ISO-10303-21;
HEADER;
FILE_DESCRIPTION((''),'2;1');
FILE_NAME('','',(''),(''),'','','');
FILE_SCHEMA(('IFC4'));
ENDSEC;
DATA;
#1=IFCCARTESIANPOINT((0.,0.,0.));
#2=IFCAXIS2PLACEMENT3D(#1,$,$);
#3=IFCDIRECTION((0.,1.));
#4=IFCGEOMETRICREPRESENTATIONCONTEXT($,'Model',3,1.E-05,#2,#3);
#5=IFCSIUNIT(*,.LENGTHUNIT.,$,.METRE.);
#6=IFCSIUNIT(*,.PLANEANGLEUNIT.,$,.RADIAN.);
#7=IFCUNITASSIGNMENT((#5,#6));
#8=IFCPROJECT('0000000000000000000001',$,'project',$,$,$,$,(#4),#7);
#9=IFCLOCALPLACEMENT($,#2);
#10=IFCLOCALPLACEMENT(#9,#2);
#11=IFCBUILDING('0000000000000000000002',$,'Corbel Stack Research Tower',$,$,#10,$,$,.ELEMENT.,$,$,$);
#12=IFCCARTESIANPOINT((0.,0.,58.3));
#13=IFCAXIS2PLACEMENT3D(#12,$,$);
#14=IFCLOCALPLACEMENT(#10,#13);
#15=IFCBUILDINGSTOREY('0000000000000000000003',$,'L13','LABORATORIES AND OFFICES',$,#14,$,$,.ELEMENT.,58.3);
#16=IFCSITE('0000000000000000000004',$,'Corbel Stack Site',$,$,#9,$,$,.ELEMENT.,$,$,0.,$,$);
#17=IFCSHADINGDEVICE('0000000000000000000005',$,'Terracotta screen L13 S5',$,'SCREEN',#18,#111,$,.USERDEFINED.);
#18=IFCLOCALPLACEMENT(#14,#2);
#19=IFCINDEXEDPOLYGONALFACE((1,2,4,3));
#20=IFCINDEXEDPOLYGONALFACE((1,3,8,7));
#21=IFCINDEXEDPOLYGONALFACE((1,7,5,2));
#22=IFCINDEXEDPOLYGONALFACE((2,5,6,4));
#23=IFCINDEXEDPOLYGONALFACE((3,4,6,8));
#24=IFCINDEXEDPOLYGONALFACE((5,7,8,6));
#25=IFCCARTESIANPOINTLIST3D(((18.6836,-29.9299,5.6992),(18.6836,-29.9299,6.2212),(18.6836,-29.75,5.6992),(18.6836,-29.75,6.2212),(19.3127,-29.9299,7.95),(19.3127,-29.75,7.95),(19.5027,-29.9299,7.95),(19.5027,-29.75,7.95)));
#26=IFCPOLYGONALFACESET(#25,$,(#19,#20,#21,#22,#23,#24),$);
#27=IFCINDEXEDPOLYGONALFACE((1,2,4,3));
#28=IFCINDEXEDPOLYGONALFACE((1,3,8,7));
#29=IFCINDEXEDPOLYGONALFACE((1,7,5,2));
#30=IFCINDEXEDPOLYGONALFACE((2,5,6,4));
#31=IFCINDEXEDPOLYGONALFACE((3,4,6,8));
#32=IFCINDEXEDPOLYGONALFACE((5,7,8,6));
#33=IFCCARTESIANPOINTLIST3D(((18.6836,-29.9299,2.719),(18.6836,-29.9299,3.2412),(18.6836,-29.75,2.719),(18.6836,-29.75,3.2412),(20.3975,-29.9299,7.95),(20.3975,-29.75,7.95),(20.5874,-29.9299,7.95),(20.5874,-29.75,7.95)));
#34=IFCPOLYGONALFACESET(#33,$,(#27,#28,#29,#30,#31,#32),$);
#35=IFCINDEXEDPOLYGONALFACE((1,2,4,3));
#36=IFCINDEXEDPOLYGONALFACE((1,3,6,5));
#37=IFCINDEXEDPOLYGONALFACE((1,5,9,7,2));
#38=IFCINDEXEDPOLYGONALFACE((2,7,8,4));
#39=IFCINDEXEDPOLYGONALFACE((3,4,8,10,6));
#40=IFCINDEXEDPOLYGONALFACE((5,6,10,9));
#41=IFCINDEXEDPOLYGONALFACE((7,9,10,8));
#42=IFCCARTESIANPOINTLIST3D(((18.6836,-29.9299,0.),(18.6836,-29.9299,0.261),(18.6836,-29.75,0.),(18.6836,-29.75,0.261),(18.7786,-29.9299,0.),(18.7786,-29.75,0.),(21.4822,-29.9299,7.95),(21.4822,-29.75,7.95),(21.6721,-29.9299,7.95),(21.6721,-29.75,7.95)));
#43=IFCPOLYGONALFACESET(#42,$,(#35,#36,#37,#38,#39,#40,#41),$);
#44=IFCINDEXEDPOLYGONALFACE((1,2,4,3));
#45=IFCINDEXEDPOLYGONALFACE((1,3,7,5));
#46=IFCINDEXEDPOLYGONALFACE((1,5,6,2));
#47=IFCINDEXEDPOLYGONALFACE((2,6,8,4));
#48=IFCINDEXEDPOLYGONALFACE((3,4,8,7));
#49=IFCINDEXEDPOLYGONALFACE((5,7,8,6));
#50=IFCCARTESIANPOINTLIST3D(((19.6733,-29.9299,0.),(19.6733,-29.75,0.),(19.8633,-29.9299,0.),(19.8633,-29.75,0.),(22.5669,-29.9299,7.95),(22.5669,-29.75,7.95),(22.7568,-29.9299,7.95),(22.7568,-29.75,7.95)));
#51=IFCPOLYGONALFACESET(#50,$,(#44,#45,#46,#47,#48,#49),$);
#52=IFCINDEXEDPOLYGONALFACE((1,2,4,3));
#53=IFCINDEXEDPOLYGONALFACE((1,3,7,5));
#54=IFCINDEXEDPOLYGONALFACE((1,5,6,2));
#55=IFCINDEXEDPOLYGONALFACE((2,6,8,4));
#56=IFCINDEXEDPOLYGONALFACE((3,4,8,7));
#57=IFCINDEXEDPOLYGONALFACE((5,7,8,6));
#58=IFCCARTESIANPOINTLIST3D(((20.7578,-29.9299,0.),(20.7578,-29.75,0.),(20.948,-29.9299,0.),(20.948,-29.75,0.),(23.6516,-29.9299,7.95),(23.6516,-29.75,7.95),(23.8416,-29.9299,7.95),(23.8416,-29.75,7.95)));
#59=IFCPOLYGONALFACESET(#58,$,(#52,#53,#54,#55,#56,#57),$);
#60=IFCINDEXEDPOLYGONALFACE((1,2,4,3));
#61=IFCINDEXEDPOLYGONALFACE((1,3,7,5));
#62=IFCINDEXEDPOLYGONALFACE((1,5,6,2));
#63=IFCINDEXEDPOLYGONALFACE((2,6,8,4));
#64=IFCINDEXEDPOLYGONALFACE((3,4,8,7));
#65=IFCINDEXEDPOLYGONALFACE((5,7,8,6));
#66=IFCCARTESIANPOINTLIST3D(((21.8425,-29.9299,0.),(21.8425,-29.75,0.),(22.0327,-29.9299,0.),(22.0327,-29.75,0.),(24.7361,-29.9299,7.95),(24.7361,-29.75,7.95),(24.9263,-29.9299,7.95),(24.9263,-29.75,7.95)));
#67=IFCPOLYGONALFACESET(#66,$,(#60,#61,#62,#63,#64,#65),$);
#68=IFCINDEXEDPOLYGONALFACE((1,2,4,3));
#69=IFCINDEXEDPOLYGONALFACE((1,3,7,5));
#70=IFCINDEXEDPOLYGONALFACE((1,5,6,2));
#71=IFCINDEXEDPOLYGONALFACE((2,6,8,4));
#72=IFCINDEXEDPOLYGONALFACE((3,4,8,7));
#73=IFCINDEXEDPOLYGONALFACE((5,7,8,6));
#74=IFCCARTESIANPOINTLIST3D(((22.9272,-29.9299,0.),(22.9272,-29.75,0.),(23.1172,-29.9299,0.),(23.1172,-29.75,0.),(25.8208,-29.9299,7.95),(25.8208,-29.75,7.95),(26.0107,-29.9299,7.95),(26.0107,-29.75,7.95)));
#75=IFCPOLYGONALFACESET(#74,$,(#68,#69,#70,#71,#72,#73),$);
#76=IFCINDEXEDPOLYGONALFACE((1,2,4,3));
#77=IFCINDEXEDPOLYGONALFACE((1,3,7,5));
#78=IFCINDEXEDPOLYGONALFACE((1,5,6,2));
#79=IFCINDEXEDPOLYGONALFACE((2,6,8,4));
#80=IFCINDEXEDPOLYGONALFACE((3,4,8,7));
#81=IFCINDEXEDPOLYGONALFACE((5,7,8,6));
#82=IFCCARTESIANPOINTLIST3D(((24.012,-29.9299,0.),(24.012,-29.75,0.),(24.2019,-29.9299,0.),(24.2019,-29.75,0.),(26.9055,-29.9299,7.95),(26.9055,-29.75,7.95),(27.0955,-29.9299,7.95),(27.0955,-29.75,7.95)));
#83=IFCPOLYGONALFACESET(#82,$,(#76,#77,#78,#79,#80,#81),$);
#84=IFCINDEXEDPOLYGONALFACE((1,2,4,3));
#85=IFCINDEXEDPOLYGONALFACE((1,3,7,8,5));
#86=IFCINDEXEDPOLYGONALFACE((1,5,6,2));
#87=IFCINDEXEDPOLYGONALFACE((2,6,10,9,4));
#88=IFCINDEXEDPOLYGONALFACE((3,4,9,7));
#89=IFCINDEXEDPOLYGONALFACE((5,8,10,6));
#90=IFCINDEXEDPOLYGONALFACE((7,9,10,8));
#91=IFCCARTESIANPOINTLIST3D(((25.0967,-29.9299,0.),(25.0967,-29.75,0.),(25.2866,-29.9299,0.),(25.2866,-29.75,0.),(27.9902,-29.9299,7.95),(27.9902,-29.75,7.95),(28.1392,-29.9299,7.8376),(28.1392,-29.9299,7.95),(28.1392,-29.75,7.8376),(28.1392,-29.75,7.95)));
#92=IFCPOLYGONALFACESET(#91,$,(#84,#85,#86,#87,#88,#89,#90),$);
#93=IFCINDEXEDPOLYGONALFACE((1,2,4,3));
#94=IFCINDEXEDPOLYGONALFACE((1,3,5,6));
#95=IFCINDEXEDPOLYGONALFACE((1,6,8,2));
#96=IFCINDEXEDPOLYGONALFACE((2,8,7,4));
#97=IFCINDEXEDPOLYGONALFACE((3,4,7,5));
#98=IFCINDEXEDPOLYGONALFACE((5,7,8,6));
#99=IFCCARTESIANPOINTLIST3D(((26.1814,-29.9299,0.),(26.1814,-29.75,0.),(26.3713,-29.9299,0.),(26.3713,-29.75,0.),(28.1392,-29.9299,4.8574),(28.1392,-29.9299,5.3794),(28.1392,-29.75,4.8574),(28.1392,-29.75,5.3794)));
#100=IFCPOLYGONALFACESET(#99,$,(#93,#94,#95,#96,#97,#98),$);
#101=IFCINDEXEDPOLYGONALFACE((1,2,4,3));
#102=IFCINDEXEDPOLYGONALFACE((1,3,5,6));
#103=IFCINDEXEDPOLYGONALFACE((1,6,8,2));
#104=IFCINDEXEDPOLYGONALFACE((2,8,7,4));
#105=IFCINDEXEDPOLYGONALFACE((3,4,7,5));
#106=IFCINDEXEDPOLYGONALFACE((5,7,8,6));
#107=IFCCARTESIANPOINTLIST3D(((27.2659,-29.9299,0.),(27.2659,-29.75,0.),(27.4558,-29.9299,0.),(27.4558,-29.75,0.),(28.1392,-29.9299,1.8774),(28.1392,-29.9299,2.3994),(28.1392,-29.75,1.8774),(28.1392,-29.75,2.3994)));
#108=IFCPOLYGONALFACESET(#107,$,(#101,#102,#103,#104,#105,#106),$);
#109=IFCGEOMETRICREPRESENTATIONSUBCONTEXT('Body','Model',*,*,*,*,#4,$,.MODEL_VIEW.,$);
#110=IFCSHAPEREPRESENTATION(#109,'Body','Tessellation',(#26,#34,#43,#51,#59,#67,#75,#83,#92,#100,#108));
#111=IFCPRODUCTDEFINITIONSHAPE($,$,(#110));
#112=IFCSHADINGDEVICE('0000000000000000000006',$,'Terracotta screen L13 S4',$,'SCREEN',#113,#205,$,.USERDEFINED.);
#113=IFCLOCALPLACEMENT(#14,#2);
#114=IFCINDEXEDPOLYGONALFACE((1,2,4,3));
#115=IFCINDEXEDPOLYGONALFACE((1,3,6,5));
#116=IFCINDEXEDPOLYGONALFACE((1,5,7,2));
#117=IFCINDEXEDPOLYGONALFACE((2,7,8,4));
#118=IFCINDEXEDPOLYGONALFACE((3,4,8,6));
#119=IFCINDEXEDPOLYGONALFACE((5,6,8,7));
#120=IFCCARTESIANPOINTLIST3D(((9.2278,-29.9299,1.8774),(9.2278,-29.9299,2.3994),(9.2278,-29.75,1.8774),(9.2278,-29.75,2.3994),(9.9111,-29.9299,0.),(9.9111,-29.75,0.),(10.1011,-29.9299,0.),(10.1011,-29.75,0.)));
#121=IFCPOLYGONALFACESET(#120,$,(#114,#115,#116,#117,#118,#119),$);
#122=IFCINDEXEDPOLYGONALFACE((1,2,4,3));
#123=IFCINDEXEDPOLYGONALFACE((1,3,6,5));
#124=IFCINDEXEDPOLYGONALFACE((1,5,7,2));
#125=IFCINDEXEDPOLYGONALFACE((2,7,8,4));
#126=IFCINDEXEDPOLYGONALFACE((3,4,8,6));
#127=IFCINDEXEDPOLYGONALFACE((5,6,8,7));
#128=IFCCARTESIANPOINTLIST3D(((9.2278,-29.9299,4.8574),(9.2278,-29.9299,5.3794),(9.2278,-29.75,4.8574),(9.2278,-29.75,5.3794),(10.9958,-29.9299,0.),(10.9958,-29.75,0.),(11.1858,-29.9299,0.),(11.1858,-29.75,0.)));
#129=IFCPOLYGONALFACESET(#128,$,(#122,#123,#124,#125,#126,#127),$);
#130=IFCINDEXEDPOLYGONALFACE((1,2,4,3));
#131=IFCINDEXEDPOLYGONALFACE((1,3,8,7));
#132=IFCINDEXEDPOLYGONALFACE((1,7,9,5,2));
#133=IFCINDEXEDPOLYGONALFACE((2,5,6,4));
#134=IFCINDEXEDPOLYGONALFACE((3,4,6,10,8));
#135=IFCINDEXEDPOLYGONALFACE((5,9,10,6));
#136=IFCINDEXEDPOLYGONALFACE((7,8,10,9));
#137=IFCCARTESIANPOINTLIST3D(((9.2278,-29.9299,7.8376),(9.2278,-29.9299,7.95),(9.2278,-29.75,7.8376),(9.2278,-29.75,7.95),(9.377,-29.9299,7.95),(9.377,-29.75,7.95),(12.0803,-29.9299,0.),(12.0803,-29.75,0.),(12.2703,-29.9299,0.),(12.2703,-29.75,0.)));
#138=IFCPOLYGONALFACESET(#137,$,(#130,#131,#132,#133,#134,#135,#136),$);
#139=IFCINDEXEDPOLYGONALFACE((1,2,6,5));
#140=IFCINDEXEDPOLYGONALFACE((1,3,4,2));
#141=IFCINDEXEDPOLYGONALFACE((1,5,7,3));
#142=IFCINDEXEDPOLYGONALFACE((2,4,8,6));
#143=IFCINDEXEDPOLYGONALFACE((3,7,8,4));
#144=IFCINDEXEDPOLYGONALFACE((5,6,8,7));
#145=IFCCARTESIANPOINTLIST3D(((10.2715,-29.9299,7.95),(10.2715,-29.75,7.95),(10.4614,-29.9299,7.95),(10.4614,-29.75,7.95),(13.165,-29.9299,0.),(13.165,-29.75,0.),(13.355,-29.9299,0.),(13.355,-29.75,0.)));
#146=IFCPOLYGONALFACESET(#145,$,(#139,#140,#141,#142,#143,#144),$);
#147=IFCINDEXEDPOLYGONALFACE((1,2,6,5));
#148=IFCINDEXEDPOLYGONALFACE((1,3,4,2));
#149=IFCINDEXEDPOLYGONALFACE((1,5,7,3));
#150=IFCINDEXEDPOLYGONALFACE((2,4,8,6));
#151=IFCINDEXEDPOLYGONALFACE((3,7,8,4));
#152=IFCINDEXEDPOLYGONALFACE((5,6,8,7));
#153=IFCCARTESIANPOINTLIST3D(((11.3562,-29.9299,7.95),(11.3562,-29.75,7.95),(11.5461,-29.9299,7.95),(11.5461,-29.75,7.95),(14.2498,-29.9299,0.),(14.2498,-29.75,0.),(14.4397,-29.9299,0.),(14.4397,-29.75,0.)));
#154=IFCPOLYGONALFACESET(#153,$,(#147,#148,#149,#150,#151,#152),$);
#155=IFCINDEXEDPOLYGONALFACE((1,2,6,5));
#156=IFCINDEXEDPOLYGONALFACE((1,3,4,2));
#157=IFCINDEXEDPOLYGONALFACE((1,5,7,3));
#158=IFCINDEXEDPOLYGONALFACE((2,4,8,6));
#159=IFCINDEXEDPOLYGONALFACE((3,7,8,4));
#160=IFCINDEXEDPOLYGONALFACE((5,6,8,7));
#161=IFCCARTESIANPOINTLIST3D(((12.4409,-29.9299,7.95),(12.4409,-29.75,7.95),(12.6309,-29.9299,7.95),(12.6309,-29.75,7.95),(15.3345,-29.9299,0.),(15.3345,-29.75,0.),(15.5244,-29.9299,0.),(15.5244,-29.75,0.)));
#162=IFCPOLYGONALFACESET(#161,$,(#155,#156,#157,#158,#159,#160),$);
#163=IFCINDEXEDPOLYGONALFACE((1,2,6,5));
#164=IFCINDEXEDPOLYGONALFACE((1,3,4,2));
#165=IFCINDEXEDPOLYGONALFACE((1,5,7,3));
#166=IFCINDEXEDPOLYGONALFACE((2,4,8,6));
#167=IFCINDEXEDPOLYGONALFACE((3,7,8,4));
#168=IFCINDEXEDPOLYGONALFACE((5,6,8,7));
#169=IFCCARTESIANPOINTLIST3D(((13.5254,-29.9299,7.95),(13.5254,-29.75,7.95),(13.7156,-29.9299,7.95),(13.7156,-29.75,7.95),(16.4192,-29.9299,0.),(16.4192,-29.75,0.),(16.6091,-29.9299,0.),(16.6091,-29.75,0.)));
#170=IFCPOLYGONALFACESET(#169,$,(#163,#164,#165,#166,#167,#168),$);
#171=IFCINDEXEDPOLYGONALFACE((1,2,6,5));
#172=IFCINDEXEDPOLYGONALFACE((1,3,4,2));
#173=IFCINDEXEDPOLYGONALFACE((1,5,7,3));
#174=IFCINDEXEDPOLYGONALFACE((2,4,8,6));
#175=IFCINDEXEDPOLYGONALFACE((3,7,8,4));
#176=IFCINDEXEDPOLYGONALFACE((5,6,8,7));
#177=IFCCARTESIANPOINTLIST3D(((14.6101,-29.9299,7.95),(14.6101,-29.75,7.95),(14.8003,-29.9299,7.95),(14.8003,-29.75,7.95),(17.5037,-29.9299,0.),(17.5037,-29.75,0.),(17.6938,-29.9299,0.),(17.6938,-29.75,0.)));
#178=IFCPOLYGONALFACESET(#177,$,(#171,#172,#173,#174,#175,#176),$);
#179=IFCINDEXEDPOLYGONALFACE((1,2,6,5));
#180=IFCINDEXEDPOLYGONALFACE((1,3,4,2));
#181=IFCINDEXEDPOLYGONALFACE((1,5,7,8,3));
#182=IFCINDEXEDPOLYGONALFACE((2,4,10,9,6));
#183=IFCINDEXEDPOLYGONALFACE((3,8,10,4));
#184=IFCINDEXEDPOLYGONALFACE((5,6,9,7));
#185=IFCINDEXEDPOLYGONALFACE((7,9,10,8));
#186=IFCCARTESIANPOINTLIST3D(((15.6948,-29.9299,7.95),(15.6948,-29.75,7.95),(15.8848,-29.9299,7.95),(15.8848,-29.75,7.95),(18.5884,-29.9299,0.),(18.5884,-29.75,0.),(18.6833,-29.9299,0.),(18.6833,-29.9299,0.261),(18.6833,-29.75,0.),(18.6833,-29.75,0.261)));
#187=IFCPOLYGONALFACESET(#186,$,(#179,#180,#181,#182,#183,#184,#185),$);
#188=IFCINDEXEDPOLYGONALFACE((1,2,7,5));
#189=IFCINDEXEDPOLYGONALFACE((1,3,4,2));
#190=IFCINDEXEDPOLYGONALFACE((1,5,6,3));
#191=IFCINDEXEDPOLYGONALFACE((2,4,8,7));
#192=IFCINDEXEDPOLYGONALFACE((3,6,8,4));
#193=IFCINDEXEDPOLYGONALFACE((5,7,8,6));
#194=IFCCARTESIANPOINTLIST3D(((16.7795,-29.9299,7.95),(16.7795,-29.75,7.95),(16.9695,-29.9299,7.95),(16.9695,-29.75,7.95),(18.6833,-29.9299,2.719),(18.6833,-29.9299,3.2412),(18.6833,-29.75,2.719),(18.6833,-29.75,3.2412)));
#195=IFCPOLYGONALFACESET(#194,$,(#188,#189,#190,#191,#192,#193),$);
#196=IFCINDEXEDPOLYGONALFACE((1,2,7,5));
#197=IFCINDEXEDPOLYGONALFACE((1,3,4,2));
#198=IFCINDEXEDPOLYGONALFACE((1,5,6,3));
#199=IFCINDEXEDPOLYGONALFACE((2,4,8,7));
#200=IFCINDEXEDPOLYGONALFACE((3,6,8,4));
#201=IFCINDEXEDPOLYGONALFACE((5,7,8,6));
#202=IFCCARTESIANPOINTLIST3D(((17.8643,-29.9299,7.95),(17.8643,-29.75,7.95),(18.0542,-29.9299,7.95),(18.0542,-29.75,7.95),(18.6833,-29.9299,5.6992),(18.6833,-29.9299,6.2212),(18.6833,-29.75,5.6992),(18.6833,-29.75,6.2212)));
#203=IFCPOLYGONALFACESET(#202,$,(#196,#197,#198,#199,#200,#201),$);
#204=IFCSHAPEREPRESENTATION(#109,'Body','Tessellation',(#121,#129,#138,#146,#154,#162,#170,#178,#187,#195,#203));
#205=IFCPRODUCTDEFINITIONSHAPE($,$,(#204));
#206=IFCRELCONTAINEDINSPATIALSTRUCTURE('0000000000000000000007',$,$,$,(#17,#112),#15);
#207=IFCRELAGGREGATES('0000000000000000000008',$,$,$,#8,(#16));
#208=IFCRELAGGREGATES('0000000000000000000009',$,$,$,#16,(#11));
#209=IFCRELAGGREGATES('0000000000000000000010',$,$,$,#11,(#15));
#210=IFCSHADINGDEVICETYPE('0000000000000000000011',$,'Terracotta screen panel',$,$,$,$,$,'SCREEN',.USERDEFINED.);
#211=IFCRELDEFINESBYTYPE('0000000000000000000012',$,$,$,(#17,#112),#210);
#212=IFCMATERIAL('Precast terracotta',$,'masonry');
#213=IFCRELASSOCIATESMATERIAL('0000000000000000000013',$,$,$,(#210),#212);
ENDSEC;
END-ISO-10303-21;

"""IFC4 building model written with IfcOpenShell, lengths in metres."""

from ifc_helpers import new_model, si_unit, direction, frame, origin, place, context, subcontext, project, spatial, polyline, outline, extrude, source, transform, mapped, material, type_object, element, save


model = new_model("IFC4")

# Units and contexts
model_context = context("Model", 3, precision=1e-05, world=origin(), true_north=direction((0.0, 1.0)))
body_context = subcontext(model_context, "Body", "Model", "MODEL_VIEW")
ifc_project = project(units=[si_unit("LENGTHUNIT", "METRE"), si_unit("PLANEANGLEUNIT", "RADIAN")], contexts=[model_context])

# Site, building, storey
site_placement = place(None, origin())
site = spatial("IfcSite", under=ifc_project, at=site_placement, Name="Corbel Stack Site", CompositionType="ELEMENT", RefElevation=0.0)
building_placement = place(site_placement, origin())
building = spatial("IfcBuilding", under=site, at=building_placement, Name="Corbel Stack Research Tower", CompositionType="ELEMENT")
storey_placement = place(building_placement, frame((0.0, 0.0, 58.3)))
storey = spatial("IfcBuildingStorey", under=building, at=storey_placement, Name="L13", Description="LABORATORIES AND OFFICES", CompositionType="ELEMENT", Elevation=58.3)

# Shading devices
ifc_material_1 = material(Name="Precast terracotta", Category="masonry")
shading_device_type = type_object("IfcShadingDeviceType", Name="Terracotta screen panel", ElementType="SCREEN", PredefinedType="USERDEFINED", material=ifc_material_1)
shared_shape_1 = source(origin(), body_context, "Body", "SweptSolid", [
    extrude(outline(polyline([(0.8191, 7.95), (0.6292, 7.95), (0.0, 6.2212), (0.0, 5.6992), (0.8191, 7.95)])), frame((0.0, 0.0, 0.0), z_axis=(0.0, -1.0, 0.0), x_axis=(1.0, 0.0, 0.0)), (0.0, 0.0, 1.0), 0.1799),
    extrude(outline(polyline([(1.9038, 7.95), (1.7139, 7.95), (0.0, 3.2412), (0.0, 2.719), (1.9038, 7.95)])), frame((0.0, 0.0, 0.0), z_axis=(0.0, -1.0, 0.0), x_axis=(1.0, 0.0, 0.0)), (0.0, 0.0, 1.0), 0.1799),
    extrude(outline(polyline([(0.095, 0.0), (2.9885, 7.95), (2.7986, 7.95), (0.0, 0.261), (0.0, 0.0), (0.095, 0.0)])), frame((0.0, 0.0, 0.0), z_axis=(0.0, -1.0, 0.0), x_axis=(1.0, 0.0, 0.0)), (0.0, 0.0, 1.0), 0.1799),
    extrude(outline(polyline([(1.1797, 0.0), (4.0732, 7.95), (3.8833, 7.95), (0.9897, 0.0), (1.1797, 0.0)])), frame((0.0, 0.0, 0.0), z_axis=(0.0, -1.0, 0.0), x_axis=(1.0, 0.0, 0.0)), (0.0, 0.0, 1.0), 0.1799),
    extrude(outline(polyline([(2.2644, 0.0), (5.158, 7.95), (4.968, 7.95), (2.0742, 0.0), (2.2644, 0.0)])), frame((0.0, 0.0, 0.0), z_axis=(0.0, -1.0, 0.0), x_axis=(1.0, 0.0, 0.0)), (0.0, 0.0, 1.0), 0.1799),
    extrude(outline(polyline([(3.3491, 0.0), (6.2427, 7.95), (6.0525, 7.95), (3.1589, 0.0), (3.3491, 0.0)])), frame((0.0, 0.0, 0.0), z_axis=(0.0, -1.0, 0.0), x_axis=(1.0, 0.0, 0.0)), (0.0, 0.0, 1.0), 0.1799),
    extrude(outline(polyline([(4.4336, 0.0), (7.3271, 7.95), (7.1372, 7.95), (4.2437, 0.0), (4.4336, 0.0)])), frame((0.0, 0.0, 0.0), z_axis=(0.0, -1.0, 0.0), x_axis=(1.0, 0.0, 0.0)), (0.0, 0.0, 1.0), 0.1799),
    extrude(outline(polyline([(5.5183, 0.0), (8.4119, 7.95), (8.2219, 7.95), (5.3284, 0.0), (5.5183, 0.0)])), frame((0.0, 0.0, 0.0), z_axis=(0.0, -1.0, 0.0), x_axis=(1.0, 0.0, 0.0)), (0.0, 0.0, 1.0), 0.1799),
    extrude(outline(polyline([(6.603, 0.0), (9.4556, 7.8376), (9.4556, 7.95), (9.3066, 7.95), (6.4131, 0.0), (6.603, 0.0)])), frame((0.0, 0.0, 0.0), z_axis=(0.0, -1.0, 0.0), x_axis=(1.0, 0.0, 0.0)), (0.0, 0.0, 1.0), 0.1799),
    extrude(outline(polyline([(7.6877, 0.0), (9.4556, 4.8574), (9.4556, 5.3794), (7.4978, 0.0), (7.6877, 0.0)])), frame((0.0, 0.0, 0.0), z_axis=(0.0, -1.0, 0.0), x_axis=(1.0, 0.0, 0.0)), (0.0, 0.0, 1.0), 0.1799),
    extrude(outline(polyline([(8.7722, 0.0), (9.4556, 1.8774), (9.4556, 2.3994), (8.5823, 0.0), (8.7722, 0.0)])), frame((0.0, 0.0, 0.0), z_axis=(0.0, -1.0, 0.0), x_axis=(1.0, 0.0, 0.0)), (0.0, 0.0, 1.0), 0.1799),
])
shading_device_1_placement = place(storey_placement, frame((18.6836, -29.75, 0.0), z_axis=(0.0, 0.0, 1.0), x_axis=(1.0, 0.0, 0.0)))
element("IfcShadingDevice", 1, at=shading_device_1_placement, inside=storey, type_object=shading_device_type, Name="Terracotta screen L13 S5", ObjectType="SCREEN", PredefinedType="USERDEFINED", context=body_context, shape_type="MappedRepresentation", body=[
    mapped(shared_shape_1, transform((0.0, 0.0, 0.0))),
])
shared_shape_2 = source(origin(), body_context, "Body", "SweptSolid", [
    extrude(outline(polyline([(0.8733, 0.0), (0.0, 2.3994), (0.0, 1.8774), (0.6833, 0.0), (0.8733, 0.0)])), frame((0.0, 0.0, 0.0), z_axis=(0.0, -1.0, 0.0), x_axis=(1.0, 0.0, 0.0)), (0.0, 0.0, 1.0), 0.1799),
    extrude(outline(polyline([(1.958, 0.0), (0.0, 5.3794), (0.0, 4.8574), (1.7681, 0.0), (1.958, 0.0)])), frame((0.0, 0.0, 0.0), z_axis=(0.0, -1.0, 0.0), x_axis=(1.0, 0.0, 0.0)), (0.0, 0.0, 1.0), 0.1799),
    extrude(outline(polyline([(3.0425, 0.0), (0.1492, 7.95), (0.0, 7.95), (0.0, 7.8376), (2.8525, 0.0), (3.0425, 0.0)])), frame((0.0, 0.0, 0.0), z_axis=(0.0, -1.0, 0.0), x_axis=(1.0, 0.0, 0.0)), (0.0, 0.0, 1.0), 0.1799),
    extrude(outline(polyline([(4.1272, 0.0), (1.2336, 7.95), (1.0437, 7.95), (3.9373, 0.0), (4.1272, 0.0)])), frame((0.0, 0.0, 0.0), z_axis=(0.0, -1.0, 0.0), x_axis=(1.0, 0.0, 0.0)), (0.0, 0.0, 1.0), 0.1799),
    extrude(outline(polyline([(5.2119, 0.0), (2.3184, 7.95), (2.1284, 7.95), (5.022, 0.0), (5.2119, 0.0)])), frame((0.0, 0.0, 0.0), z_axis=(0.0, -1.0, 0.0), x_axis=(1.0, 0.0, 0.0)), (0.0, 0.0, 1.0), 0.1799),
    extrude(outline(polyline([(6.2966, 0.0), (3.4031, 7.95), (3.2131, 7.95), (6.1067, 0.0), (6.2966, 0.0)])), frame((0.0, 0.0, 0.0), z_axis=(0.0, -1.0, 0.0), x_axis=(1.0, 0.0, 0.0)), (0.0, 0.0, 1.0), 0.1799),
    extrude(outline(polyline([(7.3813, 0.0), (4.4878, 7.95), (4.2976, 7.95), (7.1914, 0.0), (7.3813, 0.0)])), frame((0.0, 0.0, 0.0), z_axis=(0.0, -1.0, 0.0), x_axis=(1.0, 0.0, 0.0)), (0.0, 0.0, 1.0), 0.1799),
    extrude(outline(polyline([(8.4661, 0.0), (5.5725, 7.95), (5.3823, 7.95), (8.2759, 0.0), (8.4661, 0.0)])), frame((0.0, 0.0, 0.0), z_axis=(0.0, -1.0, 0.0), x_axis=(1.0, 0.0, 0.0)), (0.0, 0.0, 1.0), 0.1799),
    extrude(outline(polyline([(9.4556, 0.0), (9.4556, 0.261), (6.657, 7.95), (6.467, 7.95), (9.3606, 0.0), (9.4556, 0.0)])), frame((0.0, 0.0, 0.0), z_axis=(0.0, -1.0, 0.0), x_axis=(1.0, 0.0, 0.0)), (0.0, 0.0, 1.0), 0.1799),
    extrude(outline(polyline([(7.7417, 7.95), (7.5518, 7.95), (9.4556, 2.719), (9.4556, 3.2412), (7.7417, 7.95)])), frame((0.0, 0.0, 0.0), z_axis=(0.0, -1.0, 0.0), x_axis=(1.0, 0.0, 0.0)), (0.0, 0.0, 1.0), 0.1799),
    extrude(outline(polyline([(8.8264, 7.95), (8.6365, 7.95), (9.4556, 5.6992), (9.4556, 6.2212), (8.8264, 7.95)])), frame((0.0, 0.0, 0.0), z_axis=(0.0, -1.0, 0.0), x_axis=(1.0, 0.0, 0.0)), (0.0, 0.0, 1.0), 0.1799),
])
shading_device_2_placement = place(storey_placement, frame((9.2278, -29.75, 0.0), z_axis=(0.0, 0.0, 1.0), x_axis=(1.0, 0.0, 0.0)))
element("IfcShadingDevice", 2, at=shading_device_2_placement, inside=storey, type_object=shading_device_type, Name="Terracotta screen L13 S4", ObjectType="SCREEN", PredefinedType="USERDEFINED", context=body_context, shape_type="MappedRepresentation", body=[
    mapped(shared_shape_2, transform((0.0, 0.0, 0.0))),
])

save(model, "model.ifc")
